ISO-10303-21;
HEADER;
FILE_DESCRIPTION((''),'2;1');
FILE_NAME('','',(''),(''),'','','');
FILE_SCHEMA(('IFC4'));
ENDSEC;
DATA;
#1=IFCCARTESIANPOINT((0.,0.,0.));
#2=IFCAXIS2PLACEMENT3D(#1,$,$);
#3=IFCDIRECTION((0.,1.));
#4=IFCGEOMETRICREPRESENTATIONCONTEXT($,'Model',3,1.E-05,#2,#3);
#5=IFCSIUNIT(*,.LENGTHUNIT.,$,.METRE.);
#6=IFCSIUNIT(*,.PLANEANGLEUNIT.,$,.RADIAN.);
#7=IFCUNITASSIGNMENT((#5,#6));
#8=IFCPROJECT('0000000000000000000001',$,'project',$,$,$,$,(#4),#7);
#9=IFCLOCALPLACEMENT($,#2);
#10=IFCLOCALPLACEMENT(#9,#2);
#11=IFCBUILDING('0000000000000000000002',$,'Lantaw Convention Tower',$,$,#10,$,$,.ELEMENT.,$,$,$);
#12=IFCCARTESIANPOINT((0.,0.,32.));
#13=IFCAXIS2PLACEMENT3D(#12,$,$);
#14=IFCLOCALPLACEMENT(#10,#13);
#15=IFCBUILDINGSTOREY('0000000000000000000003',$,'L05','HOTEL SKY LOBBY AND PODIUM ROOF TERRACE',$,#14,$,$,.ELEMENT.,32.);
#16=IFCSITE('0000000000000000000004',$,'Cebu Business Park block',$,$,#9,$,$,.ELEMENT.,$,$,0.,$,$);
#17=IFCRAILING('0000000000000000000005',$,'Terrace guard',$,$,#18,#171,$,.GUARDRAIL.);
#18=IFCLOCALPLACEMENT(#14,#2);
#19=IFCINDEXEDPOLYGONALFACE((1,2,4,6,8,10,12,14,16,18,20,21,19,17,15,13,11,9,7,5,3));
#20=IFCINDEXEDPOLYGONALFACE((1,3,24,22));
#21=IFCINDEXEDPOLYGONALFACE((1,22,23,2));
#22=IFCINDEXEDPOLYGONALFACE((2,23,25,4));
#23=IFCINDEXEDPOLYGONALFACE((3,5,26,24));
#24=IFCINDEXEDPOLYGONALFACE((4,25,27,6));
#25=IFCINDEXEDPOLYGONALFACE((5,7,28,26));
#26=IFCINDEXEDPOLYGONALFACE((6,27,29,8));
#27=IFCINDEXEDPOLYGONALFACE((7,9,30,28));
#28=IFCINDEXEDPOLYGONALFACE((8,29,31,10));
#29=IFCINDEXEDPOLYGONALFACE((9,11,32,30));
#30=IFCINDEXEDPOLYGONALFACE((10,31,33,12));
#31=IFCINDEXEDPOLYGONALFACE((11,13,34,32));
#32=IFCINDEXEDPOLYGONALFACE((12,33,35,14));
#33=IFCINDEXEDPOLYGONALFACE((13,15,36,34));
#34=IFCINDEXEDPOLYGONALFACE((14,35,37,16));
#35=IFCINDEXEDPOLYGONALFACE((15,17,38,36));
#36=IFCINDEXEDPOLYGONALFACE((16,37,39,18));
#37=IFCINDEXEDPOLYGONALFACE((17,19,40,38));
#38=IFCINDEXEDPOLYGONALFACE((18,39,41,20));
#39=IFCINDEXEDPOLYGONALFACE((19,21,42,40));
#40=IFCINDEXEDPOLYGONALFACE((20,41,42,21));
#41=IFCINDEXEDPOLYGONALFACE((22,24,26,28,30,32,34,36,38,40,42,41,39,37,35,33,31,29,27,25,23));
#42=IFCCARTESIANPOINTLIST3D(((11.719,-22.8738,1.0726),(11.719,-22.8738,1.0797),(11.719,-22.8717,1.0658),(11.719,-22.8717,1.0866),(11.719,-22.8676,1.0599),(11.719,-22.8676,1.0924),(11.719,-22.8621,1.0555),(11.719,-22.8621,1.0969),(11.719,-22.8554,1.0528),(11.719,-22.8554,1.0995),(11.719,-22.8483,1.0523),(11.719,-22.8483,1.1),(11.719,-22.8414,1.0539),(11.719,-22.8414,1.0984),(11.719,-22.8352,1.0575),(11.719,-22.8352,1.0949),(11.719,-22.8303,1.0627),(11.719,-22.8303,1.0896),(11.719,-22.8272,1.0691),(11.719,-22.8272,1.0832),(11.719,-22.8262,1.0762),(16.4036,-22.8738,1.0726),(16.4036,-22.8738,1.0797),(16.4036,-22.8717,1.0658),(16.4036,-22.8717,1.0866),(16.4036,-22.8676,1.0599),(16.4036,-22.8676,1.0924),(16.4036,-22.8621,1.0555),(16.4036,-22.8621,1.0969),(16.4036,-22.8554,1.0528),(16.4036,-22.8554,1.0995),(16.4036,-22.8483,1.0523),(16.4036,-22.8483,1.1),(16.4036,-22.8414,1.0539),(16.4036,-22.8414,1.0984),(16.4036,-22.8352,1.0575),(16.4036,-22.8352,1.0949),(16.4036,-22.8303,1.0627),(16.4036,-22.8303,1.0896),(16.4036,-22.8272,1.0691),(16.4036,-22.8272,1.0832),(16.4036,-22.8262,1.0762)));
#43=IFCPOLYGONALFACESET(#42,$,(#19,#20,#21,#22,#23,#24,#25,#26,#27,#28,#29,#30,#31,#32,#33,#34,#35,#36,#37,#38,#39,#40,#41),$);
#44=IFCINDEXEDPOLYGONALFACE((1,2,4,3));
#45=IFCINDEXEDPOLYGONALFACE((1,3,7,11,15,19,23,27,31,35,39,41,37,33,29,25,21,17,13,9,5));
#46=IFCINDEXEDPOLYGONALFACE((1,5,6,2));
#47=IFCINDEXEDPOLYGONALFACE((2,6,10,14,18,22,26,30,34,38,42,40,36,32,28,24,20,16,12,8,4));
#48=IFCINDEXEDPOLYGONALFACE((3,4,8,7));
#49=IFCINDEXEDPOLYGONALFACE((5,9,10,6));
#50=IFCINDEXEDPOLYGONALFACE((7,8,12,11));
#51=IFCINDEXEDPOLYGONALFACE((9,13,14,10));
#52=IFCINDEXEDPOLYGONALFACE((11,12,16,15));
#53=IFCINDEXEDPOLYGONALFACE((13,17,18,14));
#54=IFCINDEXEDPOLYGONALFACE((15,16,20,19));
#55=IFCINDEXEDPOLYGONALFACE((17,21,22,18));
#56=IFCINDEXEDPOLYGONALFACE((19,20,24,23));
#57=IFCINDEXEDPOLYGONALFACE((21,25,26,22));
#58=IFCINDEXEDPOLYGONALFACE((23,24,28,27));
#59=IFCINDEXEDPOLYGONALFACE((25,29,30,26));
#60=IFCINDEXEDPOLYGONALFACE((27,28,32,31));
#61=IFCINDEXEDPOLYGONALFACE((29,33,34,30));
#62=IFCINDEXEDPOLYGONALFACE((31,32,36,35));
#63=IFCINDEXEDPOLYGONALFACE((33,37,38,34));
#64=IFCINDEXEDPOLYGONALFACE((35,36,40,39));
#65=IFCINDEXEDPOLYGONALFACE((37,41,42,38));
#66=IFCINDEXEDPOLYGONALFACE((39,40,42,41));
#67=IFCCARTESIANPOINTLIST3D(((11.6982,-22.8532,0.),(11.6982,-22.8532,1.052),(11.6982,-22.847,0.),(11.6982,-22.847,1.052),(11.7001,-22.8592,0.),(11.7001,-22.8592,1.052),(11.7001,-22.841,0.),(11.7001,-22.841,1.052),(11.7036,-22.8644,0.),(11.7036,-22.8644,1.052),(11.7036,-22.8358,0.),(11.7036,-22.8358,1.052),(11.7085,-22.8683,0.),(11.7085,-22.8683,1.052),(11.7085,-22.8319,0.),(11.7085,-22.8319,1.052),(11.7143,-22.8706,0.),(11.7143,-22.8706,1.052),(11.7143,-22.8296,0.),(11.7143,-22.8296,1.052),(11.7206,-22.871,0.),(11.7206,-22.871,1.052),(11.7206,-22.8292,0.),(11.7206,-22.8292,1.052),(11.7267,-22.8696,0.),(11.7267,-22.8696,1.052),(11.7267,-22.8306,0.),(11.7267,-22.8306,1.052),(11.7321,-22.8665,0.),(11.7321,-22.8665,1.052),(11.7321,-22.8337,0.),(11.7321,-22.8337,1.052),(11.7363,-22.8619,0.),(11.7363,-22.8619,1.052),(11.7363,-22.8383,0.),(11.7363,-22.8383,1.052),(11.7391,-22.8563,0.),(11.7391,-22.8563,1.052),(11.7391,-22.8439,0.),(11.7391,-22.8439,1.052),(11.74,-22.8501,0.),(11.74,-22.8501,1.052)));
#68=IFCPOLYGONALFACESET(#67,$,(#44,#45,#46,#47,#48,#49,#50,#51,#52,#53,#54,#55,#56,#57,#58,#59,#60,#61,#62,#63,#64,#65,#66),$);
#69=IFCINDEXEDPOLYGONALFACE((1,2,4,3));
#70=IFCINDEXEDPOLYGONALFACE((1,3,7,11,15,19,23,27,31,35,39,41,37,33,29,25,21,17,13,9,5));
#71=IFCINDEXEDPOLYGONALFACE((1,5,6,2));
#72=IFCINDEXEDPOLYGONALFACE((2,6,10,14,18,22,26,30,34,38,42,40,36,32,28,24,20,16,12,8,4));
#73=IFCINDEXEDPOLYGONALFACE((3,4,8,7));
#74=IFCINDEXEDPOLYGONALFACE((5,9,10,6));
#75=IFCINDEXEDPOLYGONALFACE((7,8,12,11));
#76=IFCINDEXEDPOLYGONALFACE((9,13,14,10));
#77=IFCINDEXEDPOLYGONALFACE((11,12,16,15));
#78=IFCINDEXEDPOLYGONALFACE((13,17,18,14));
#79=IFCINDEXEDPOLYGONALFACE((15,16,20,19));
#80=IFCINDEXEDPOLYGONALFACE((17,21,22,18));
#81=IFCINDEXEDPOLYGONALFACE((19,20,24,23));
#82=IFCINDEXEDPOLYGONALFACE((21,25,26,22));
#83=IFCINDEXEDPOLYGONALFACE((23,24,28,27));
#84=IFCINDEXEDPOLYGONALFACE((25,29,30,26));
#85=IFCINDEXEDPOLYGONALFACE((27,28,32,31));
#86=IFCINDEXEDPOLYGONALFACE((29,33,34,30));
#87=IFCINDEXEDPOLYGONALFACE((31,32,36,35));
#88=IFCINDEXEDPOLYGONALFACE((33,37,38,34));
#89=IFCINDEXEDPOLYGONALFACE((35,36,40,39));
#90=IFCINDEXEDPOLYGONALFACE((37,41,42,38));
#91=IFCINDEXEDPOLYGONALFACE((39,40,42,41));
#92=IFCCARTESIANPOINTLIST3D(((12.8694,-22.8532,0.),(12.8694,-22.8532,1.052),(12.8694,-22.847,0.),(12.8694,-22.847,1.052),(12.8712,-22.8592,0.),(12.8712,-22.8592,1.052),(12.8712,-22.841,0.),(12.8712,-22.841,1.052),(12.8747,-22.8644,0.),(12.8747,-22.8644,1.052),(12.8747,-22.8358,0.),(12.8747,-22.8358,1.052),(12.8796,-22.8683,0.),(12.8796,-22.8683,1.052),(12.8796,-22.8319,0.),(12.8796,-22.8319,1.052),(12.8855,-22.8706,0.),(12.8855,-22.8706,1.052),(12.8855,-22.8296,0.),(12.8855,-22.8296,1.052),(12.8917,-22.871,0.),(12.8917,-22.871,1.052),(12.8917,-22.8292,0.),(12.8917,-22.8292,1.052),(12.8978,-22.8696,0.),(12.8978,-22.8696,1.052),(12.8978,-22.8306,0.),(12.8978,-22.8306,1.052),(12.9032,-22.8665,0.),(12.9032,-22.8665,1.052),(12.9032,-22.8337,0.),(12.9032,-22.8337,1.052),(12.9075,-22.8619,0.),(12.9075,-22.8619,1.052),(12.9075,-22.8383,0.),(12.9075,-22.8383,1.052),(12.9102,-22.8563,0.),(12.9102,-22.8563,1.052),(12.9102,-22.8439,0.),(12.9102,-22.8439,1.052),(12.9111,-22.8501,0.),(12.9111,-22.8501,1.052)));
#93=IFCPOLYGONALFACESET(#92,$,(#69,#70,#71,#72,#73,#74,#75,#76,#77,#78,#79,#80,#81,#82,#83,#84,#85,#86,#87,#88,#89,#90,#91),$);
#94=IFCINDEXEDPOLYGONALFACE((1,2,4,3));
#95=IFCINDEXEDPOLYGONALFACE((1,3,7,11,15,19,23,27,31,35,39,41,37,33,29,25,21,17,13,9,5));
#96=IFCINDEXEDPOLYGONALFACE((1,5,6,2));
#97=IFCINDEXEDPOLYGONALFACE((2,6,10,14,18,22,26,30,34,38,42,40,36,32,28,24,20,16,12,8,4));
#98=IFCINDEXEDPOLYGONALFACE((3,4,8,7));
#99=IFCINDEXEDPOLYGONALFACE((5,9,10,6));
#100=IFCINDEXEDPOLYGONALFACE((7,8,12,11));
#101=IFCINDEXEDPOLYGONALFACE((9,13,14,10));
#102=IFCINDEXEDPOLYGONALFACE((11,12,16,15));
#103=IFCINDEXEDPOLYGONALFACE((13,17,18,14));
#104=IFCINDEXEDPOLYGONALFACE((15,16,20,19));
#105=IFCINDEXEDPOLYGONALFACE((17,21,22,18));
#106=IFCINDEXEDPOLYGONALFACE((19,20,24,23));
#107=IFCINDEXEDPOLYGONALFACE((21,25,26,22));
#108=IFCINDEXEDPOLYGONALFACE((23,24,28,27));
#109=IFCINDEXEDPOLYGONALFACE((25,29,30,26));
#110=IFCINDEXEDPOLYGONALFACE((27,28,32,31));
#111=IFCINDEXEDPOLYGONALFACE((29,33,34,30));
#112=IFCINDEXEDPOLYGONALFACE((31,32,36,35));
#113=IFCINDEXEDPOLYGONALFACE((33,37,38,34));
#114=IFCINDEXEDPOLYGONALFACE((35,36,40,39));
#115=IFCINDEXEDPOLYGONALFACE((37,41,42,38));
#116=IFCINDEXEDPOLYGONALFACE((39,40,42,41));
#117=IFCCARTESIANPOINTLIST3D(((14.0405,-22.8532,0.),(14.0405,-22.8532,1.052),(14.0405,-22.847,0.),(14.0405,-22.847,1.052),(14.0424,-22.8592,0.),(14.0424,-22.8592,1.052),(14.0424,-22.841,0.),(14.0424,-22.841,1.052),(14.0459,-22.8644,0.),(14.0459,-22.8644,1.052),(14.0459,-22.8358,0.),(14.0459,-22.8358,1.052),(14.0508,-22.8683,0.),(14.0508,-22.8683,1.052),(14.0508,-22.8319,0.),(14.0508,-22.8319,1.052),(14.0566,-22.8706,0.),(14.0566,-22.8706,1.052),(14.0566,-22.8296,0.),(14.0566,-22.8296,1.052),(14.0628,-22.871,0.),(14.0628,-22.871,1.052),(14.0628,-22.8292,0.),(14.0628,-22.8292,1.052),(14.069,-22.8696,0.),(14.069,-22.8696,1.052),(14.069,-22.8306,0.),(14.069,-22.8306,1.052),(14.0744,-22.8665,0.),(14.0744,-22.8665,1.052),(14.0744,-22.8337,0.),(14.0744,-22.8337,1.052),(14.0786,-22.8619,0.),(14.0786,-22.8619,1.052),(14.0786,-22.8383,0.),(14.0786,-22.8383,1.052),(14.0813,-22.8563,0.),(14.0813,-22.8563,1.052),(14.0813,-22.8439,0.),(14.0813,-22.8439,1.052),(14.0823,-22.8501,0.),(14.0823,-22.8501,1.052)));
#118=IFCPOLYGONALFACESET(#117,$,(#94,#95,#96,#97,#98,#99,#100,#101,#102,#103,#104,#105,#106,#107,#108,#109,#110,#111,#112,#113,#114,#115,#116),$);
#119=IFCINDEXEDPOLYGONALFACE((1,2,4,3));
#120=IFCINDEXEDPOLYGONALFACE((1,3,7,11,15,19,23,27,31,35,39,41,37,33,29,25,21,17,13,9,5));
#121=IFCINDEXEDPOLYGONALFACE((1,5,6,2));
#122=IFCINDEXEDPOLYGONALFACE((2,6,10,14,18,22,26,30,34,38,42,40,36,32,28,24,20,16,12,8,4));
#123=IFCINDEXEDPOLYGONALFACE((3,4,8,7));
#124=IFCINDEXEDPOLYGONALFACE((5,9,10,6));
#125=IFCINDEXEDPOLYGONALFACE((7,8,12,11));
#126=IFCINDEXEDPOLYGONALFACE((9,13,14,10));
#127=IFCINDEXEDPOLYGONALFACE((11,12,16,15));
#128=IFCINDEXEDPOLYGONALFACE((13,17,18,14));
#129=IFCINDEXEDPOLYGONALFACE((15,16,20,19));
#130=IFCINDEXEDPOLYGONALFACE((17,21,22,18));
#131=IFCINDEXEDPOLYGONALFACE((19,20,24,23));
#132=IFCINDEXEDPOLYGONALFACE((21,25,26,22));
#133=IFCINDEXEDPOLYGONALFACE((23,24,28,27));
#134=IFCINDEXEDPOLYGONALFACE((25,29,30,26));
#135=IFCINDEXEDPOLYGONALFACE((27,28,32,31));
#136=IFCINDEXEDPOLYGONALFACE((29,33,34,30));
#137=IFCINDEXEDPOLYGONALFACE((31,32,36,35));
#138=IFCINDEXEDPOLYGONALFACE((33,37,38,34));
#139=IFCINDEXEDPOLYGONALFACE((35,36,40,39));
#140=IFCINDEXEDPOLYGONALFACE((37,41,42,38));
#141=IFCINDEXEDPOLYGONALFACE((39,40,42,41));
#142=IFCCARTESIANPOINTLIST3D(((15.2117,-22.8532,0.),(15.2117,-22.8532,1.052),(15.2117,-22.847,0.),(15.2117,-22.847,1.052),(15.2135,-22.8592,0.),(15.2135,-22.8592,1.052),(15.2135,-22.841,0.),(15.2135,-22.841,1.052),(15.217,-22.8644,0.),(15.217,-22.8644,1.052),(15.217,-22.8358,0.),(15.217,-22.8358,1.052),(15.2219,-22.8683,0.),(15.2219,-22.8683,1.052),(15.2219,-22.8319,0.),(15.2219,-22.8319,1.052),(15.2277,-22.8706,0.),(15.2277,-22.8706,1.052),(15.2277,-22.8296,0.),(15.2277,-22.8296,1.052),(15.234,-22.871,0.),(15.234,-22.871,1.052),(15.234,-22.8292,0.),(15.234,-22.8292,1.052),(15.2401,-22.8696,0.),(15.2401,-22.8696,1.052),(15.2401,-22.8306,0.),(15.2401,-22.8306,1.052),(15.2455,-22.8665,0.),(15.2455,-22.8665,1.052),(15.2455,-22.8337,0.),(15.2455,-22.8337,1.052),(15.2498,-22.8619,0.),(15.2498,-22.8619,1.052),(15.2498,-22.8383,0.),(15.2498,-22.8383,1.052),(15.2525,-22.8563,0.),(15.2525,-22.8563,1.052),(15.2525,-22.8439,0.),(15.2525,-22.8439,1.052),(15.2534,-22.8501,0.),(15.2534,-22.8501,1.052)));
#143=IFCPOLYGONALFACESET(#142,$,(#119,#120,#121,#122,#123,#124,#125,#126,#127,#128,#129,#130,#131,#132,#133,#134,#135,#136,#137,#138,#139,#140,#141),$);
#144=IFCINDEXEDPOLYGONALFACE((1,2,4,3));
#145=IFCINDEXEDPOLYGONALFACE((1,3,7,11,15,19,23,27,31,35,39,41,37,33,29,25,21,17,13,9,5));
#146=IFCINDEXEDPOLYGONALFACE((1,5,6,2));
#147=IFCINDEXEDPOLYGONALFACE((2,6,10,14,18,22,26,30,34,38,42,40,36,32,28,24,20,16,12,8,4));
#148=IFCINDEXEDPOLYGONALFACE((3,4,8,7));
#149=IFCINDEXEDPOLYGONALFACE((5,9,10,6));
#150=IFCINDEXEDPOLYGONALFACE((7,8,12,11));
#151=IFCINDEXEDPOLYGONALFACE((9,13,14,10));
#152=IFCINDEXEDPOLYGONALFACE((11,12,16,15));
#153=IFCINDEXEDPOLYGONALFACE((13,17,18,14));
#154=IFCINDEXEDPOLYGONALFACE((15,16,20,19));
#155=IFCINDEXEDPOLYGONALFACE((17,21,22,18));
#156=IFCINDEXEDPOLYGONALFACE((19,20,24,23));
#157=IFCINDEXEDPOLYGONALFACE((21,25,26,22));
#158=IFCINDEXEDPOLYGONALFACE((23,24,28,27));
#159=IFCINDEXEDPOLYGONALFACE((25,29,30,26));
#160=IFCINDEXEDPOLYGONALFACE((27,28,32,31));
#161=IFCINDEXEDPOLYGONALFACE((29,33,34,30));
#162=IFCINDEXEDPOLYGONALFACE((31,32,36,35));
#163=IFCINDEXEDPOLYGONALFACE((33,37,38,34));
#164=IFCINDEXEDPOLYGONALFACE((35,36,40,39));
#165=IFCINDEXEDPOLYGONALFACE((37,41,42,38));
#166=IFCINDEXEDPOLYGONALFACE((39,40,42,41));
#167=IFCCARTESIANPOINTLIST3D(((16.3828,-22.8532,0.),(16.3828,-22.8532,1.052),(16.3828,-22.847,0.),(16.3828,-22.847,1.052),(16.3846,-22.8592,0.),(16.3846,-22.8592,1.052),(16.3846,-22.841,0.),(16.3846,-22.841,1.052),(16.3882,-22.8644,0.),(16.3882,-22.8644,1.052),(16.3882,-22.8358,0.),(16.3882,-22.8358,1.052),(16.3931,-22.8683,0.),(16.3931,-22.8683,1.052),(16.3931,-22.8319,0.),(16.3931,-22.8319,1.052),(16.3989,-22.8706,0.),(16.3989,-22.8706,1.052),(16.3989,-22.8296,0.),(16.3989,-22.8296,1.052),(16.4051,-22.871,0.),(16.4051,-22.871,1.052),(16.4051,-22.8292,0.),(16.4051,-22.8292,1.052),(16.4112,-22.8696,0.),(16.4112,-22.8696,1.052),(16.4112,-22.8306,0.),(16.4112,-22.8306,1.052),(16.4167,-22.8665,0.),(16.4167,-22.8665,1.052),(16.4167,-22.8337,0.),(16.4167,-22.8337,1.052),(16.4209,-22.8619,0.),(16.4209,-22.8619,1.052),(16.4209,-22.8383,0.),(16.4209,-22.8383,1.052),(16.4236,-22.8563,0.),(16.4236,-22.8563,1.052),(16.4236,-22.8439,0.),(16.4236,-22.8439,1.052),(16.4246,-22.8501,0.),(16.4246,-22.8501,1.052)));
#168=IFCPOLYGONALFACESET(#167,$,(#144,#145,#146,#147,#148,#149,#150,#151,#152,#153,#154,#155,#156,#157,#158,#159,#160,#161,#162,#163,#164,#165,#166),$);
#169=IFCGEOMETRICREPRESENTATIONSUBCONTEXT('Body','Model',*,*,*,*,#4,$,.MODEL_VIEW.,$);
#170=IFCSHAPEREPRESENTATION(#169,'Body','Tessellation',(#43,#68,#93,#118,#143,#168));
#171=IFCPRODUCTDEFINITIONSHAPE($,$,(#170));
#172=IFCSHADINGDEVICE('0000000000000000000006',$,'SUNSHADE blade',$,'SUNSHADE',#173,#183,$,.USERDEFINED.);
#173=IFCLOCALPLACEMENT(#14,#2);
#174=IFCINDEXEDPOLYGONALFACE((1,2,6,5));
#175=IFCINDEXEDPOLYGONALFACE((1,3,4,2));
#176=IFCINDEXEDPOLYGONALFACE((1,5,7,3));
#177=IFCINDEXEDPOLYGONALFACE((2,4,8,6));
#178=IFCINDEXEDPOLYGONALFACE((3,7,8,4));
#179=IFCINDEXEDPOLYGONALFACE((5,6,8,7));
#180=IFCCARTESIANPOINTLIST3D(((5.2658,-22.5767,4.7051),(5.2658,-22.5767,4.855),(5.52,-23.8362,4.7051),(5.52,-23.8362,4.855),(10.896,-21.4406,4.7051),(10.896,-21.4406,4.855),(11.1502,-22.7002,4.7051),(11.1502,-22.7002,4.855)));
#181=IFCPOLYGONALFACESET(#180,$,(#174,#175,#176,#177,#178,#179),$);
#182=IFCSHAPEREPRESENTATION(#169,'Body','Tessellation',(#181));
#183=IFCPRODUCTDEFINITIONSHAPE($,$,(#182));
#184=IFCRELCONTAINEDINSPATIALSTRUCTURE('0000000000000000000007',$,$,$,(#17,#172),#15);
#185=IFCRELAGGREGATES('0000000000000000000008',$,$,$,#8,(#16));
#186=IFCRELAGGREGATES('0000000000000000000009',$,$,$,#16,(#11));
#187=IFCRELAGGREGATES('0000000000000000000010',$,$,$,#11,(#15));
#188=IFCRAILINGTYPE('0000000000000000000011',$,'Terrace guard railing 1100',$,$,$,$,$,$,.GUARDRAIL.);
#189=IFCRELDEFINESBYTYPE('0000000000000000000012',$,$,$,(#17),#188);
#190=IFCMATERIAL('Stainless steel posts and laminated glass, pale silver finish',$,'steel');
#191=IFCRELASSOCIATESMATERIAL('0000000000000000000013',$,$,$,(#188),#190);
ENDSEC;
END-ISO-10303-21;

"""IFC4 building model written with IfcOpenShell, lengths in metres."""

from ifc_helpers import new_model, si_unit, direction, frame, origin, origin_2d, place, context, subcontext, project, spatial, rectangle, circle, extrude, material, type_object, element, save


model = new_model("IFC4")

# Units and contexts
model_context = context("Model", 3, precision=1e-05, world=origin(), true_north=direction((0.0, 1.0)))
body_context = subcontext(model_context, "Body", "Model", "MODEL_VIEW")
ifc_project = project(units=[si_unit("LENGTHUNIT", "METRE"), si_unit("PLANEANGLEUNIT", "RADIAN")], contexts=[model_context])

# Site, building, storey
site_placement = place(None, origin())
site = spatial("IfcSite", under=ifc_project, at=site_placement, Name="Cebu Business Park block", CompositionType="ELEMENT", RefElevation=0.0)
building_placement = place(site_placement, origin())
building = spatial("IfcBuilding", under=site, at=building_placement, Name="Lantaw Convention Tower", CompositionType="ELEMENT")
storey_placement = place(building_placement, frame((0.0, 0.0, 32.0)))
storey = spatial("IfcBuildingStorey", under=building, at=storey_placement, Name="L05", Description="HOTEL SKY LOBBY AND PODIUM ROOF TERRACE", CompositionType="ELEMENT", Elevation=32.0)

# Railing
ifc_material_1 = material(Name="Stainless steel posts and laminated glass, pale silver finish", Category="steel")
railing_type = type_object("IfcRailingType", Name="Terrace guard railing 1100", PredefinedType="GUARDRAIL", material=ifc_material_1)
railing_1_placement = place(storey_placement, frame((11.719, -22.8501, 0.0)))
element("IfcRailing", 1, at=railing_1_placement, inside=storey, type_object=railing_type, Name="Terrace guard", PredefinedType="GUARDRAIL", context=body_context, shape_type="SweptSolid", body=[
    extrude(circle(Radius=0.0239, at=origin_2d()), frame((0.0, 0.0, 1.0762), z_axis=(1.0, 0.0, 0.0), x_axis=(0.0, 1.0, 0.0)), (0.0, 0.0, 1.0), 4.6846),
    extrude(circle(Radius=0.021, at=origin_2d()), origin(), (0.0, 0.0, 1.0), 1.052),
    extrude(circle(Radius=0.021, at=origin_2d()), frame((1.1711, 0.0, 0.0)), (0.0, 0.0, 1.0), 1.052),
    extrude(circle(Radius=0.021, at=origin_2d()), frame((2.3423, 0.0, 0.0)), (0.0, 0.0, 1.0), 1.052),
    extrude(circle(Radius=0.021, at=origin_2d()), frame((3.5134, 0.0, 0.0)), (0.0, 0.0, 1.0), 1.052),
    extrude(circle(Radius=0.021, at=origin_2d()), frame((4.6846, 0.0, 0.0)), (0.0, 0.0, 1.0), 1.052),
])

# Shading device
shading_device_placement = place(storey_placement, frame((8.208, -22.6384, 4.7051), z_axis=(0.0, 0.0, 1.0), x_axis=(0.980245, 0.197789, 0.0)))
element("IfcShadingDevice", 2, at=shading_device_placement, inside=storey, Name="SUNSHADE blade", ObjectType="SUNSHADE", PredefinedType="USERDEFINED", context=body_context, shape_type="SweptSolid", body=[
    extrude(rectangle(XDim=5.7437, YDim=1.2849, at=origin_2d()), origin(), (0.0, 0.0, 1.0), 0.1499),
])

save(model, "model.ifc")
